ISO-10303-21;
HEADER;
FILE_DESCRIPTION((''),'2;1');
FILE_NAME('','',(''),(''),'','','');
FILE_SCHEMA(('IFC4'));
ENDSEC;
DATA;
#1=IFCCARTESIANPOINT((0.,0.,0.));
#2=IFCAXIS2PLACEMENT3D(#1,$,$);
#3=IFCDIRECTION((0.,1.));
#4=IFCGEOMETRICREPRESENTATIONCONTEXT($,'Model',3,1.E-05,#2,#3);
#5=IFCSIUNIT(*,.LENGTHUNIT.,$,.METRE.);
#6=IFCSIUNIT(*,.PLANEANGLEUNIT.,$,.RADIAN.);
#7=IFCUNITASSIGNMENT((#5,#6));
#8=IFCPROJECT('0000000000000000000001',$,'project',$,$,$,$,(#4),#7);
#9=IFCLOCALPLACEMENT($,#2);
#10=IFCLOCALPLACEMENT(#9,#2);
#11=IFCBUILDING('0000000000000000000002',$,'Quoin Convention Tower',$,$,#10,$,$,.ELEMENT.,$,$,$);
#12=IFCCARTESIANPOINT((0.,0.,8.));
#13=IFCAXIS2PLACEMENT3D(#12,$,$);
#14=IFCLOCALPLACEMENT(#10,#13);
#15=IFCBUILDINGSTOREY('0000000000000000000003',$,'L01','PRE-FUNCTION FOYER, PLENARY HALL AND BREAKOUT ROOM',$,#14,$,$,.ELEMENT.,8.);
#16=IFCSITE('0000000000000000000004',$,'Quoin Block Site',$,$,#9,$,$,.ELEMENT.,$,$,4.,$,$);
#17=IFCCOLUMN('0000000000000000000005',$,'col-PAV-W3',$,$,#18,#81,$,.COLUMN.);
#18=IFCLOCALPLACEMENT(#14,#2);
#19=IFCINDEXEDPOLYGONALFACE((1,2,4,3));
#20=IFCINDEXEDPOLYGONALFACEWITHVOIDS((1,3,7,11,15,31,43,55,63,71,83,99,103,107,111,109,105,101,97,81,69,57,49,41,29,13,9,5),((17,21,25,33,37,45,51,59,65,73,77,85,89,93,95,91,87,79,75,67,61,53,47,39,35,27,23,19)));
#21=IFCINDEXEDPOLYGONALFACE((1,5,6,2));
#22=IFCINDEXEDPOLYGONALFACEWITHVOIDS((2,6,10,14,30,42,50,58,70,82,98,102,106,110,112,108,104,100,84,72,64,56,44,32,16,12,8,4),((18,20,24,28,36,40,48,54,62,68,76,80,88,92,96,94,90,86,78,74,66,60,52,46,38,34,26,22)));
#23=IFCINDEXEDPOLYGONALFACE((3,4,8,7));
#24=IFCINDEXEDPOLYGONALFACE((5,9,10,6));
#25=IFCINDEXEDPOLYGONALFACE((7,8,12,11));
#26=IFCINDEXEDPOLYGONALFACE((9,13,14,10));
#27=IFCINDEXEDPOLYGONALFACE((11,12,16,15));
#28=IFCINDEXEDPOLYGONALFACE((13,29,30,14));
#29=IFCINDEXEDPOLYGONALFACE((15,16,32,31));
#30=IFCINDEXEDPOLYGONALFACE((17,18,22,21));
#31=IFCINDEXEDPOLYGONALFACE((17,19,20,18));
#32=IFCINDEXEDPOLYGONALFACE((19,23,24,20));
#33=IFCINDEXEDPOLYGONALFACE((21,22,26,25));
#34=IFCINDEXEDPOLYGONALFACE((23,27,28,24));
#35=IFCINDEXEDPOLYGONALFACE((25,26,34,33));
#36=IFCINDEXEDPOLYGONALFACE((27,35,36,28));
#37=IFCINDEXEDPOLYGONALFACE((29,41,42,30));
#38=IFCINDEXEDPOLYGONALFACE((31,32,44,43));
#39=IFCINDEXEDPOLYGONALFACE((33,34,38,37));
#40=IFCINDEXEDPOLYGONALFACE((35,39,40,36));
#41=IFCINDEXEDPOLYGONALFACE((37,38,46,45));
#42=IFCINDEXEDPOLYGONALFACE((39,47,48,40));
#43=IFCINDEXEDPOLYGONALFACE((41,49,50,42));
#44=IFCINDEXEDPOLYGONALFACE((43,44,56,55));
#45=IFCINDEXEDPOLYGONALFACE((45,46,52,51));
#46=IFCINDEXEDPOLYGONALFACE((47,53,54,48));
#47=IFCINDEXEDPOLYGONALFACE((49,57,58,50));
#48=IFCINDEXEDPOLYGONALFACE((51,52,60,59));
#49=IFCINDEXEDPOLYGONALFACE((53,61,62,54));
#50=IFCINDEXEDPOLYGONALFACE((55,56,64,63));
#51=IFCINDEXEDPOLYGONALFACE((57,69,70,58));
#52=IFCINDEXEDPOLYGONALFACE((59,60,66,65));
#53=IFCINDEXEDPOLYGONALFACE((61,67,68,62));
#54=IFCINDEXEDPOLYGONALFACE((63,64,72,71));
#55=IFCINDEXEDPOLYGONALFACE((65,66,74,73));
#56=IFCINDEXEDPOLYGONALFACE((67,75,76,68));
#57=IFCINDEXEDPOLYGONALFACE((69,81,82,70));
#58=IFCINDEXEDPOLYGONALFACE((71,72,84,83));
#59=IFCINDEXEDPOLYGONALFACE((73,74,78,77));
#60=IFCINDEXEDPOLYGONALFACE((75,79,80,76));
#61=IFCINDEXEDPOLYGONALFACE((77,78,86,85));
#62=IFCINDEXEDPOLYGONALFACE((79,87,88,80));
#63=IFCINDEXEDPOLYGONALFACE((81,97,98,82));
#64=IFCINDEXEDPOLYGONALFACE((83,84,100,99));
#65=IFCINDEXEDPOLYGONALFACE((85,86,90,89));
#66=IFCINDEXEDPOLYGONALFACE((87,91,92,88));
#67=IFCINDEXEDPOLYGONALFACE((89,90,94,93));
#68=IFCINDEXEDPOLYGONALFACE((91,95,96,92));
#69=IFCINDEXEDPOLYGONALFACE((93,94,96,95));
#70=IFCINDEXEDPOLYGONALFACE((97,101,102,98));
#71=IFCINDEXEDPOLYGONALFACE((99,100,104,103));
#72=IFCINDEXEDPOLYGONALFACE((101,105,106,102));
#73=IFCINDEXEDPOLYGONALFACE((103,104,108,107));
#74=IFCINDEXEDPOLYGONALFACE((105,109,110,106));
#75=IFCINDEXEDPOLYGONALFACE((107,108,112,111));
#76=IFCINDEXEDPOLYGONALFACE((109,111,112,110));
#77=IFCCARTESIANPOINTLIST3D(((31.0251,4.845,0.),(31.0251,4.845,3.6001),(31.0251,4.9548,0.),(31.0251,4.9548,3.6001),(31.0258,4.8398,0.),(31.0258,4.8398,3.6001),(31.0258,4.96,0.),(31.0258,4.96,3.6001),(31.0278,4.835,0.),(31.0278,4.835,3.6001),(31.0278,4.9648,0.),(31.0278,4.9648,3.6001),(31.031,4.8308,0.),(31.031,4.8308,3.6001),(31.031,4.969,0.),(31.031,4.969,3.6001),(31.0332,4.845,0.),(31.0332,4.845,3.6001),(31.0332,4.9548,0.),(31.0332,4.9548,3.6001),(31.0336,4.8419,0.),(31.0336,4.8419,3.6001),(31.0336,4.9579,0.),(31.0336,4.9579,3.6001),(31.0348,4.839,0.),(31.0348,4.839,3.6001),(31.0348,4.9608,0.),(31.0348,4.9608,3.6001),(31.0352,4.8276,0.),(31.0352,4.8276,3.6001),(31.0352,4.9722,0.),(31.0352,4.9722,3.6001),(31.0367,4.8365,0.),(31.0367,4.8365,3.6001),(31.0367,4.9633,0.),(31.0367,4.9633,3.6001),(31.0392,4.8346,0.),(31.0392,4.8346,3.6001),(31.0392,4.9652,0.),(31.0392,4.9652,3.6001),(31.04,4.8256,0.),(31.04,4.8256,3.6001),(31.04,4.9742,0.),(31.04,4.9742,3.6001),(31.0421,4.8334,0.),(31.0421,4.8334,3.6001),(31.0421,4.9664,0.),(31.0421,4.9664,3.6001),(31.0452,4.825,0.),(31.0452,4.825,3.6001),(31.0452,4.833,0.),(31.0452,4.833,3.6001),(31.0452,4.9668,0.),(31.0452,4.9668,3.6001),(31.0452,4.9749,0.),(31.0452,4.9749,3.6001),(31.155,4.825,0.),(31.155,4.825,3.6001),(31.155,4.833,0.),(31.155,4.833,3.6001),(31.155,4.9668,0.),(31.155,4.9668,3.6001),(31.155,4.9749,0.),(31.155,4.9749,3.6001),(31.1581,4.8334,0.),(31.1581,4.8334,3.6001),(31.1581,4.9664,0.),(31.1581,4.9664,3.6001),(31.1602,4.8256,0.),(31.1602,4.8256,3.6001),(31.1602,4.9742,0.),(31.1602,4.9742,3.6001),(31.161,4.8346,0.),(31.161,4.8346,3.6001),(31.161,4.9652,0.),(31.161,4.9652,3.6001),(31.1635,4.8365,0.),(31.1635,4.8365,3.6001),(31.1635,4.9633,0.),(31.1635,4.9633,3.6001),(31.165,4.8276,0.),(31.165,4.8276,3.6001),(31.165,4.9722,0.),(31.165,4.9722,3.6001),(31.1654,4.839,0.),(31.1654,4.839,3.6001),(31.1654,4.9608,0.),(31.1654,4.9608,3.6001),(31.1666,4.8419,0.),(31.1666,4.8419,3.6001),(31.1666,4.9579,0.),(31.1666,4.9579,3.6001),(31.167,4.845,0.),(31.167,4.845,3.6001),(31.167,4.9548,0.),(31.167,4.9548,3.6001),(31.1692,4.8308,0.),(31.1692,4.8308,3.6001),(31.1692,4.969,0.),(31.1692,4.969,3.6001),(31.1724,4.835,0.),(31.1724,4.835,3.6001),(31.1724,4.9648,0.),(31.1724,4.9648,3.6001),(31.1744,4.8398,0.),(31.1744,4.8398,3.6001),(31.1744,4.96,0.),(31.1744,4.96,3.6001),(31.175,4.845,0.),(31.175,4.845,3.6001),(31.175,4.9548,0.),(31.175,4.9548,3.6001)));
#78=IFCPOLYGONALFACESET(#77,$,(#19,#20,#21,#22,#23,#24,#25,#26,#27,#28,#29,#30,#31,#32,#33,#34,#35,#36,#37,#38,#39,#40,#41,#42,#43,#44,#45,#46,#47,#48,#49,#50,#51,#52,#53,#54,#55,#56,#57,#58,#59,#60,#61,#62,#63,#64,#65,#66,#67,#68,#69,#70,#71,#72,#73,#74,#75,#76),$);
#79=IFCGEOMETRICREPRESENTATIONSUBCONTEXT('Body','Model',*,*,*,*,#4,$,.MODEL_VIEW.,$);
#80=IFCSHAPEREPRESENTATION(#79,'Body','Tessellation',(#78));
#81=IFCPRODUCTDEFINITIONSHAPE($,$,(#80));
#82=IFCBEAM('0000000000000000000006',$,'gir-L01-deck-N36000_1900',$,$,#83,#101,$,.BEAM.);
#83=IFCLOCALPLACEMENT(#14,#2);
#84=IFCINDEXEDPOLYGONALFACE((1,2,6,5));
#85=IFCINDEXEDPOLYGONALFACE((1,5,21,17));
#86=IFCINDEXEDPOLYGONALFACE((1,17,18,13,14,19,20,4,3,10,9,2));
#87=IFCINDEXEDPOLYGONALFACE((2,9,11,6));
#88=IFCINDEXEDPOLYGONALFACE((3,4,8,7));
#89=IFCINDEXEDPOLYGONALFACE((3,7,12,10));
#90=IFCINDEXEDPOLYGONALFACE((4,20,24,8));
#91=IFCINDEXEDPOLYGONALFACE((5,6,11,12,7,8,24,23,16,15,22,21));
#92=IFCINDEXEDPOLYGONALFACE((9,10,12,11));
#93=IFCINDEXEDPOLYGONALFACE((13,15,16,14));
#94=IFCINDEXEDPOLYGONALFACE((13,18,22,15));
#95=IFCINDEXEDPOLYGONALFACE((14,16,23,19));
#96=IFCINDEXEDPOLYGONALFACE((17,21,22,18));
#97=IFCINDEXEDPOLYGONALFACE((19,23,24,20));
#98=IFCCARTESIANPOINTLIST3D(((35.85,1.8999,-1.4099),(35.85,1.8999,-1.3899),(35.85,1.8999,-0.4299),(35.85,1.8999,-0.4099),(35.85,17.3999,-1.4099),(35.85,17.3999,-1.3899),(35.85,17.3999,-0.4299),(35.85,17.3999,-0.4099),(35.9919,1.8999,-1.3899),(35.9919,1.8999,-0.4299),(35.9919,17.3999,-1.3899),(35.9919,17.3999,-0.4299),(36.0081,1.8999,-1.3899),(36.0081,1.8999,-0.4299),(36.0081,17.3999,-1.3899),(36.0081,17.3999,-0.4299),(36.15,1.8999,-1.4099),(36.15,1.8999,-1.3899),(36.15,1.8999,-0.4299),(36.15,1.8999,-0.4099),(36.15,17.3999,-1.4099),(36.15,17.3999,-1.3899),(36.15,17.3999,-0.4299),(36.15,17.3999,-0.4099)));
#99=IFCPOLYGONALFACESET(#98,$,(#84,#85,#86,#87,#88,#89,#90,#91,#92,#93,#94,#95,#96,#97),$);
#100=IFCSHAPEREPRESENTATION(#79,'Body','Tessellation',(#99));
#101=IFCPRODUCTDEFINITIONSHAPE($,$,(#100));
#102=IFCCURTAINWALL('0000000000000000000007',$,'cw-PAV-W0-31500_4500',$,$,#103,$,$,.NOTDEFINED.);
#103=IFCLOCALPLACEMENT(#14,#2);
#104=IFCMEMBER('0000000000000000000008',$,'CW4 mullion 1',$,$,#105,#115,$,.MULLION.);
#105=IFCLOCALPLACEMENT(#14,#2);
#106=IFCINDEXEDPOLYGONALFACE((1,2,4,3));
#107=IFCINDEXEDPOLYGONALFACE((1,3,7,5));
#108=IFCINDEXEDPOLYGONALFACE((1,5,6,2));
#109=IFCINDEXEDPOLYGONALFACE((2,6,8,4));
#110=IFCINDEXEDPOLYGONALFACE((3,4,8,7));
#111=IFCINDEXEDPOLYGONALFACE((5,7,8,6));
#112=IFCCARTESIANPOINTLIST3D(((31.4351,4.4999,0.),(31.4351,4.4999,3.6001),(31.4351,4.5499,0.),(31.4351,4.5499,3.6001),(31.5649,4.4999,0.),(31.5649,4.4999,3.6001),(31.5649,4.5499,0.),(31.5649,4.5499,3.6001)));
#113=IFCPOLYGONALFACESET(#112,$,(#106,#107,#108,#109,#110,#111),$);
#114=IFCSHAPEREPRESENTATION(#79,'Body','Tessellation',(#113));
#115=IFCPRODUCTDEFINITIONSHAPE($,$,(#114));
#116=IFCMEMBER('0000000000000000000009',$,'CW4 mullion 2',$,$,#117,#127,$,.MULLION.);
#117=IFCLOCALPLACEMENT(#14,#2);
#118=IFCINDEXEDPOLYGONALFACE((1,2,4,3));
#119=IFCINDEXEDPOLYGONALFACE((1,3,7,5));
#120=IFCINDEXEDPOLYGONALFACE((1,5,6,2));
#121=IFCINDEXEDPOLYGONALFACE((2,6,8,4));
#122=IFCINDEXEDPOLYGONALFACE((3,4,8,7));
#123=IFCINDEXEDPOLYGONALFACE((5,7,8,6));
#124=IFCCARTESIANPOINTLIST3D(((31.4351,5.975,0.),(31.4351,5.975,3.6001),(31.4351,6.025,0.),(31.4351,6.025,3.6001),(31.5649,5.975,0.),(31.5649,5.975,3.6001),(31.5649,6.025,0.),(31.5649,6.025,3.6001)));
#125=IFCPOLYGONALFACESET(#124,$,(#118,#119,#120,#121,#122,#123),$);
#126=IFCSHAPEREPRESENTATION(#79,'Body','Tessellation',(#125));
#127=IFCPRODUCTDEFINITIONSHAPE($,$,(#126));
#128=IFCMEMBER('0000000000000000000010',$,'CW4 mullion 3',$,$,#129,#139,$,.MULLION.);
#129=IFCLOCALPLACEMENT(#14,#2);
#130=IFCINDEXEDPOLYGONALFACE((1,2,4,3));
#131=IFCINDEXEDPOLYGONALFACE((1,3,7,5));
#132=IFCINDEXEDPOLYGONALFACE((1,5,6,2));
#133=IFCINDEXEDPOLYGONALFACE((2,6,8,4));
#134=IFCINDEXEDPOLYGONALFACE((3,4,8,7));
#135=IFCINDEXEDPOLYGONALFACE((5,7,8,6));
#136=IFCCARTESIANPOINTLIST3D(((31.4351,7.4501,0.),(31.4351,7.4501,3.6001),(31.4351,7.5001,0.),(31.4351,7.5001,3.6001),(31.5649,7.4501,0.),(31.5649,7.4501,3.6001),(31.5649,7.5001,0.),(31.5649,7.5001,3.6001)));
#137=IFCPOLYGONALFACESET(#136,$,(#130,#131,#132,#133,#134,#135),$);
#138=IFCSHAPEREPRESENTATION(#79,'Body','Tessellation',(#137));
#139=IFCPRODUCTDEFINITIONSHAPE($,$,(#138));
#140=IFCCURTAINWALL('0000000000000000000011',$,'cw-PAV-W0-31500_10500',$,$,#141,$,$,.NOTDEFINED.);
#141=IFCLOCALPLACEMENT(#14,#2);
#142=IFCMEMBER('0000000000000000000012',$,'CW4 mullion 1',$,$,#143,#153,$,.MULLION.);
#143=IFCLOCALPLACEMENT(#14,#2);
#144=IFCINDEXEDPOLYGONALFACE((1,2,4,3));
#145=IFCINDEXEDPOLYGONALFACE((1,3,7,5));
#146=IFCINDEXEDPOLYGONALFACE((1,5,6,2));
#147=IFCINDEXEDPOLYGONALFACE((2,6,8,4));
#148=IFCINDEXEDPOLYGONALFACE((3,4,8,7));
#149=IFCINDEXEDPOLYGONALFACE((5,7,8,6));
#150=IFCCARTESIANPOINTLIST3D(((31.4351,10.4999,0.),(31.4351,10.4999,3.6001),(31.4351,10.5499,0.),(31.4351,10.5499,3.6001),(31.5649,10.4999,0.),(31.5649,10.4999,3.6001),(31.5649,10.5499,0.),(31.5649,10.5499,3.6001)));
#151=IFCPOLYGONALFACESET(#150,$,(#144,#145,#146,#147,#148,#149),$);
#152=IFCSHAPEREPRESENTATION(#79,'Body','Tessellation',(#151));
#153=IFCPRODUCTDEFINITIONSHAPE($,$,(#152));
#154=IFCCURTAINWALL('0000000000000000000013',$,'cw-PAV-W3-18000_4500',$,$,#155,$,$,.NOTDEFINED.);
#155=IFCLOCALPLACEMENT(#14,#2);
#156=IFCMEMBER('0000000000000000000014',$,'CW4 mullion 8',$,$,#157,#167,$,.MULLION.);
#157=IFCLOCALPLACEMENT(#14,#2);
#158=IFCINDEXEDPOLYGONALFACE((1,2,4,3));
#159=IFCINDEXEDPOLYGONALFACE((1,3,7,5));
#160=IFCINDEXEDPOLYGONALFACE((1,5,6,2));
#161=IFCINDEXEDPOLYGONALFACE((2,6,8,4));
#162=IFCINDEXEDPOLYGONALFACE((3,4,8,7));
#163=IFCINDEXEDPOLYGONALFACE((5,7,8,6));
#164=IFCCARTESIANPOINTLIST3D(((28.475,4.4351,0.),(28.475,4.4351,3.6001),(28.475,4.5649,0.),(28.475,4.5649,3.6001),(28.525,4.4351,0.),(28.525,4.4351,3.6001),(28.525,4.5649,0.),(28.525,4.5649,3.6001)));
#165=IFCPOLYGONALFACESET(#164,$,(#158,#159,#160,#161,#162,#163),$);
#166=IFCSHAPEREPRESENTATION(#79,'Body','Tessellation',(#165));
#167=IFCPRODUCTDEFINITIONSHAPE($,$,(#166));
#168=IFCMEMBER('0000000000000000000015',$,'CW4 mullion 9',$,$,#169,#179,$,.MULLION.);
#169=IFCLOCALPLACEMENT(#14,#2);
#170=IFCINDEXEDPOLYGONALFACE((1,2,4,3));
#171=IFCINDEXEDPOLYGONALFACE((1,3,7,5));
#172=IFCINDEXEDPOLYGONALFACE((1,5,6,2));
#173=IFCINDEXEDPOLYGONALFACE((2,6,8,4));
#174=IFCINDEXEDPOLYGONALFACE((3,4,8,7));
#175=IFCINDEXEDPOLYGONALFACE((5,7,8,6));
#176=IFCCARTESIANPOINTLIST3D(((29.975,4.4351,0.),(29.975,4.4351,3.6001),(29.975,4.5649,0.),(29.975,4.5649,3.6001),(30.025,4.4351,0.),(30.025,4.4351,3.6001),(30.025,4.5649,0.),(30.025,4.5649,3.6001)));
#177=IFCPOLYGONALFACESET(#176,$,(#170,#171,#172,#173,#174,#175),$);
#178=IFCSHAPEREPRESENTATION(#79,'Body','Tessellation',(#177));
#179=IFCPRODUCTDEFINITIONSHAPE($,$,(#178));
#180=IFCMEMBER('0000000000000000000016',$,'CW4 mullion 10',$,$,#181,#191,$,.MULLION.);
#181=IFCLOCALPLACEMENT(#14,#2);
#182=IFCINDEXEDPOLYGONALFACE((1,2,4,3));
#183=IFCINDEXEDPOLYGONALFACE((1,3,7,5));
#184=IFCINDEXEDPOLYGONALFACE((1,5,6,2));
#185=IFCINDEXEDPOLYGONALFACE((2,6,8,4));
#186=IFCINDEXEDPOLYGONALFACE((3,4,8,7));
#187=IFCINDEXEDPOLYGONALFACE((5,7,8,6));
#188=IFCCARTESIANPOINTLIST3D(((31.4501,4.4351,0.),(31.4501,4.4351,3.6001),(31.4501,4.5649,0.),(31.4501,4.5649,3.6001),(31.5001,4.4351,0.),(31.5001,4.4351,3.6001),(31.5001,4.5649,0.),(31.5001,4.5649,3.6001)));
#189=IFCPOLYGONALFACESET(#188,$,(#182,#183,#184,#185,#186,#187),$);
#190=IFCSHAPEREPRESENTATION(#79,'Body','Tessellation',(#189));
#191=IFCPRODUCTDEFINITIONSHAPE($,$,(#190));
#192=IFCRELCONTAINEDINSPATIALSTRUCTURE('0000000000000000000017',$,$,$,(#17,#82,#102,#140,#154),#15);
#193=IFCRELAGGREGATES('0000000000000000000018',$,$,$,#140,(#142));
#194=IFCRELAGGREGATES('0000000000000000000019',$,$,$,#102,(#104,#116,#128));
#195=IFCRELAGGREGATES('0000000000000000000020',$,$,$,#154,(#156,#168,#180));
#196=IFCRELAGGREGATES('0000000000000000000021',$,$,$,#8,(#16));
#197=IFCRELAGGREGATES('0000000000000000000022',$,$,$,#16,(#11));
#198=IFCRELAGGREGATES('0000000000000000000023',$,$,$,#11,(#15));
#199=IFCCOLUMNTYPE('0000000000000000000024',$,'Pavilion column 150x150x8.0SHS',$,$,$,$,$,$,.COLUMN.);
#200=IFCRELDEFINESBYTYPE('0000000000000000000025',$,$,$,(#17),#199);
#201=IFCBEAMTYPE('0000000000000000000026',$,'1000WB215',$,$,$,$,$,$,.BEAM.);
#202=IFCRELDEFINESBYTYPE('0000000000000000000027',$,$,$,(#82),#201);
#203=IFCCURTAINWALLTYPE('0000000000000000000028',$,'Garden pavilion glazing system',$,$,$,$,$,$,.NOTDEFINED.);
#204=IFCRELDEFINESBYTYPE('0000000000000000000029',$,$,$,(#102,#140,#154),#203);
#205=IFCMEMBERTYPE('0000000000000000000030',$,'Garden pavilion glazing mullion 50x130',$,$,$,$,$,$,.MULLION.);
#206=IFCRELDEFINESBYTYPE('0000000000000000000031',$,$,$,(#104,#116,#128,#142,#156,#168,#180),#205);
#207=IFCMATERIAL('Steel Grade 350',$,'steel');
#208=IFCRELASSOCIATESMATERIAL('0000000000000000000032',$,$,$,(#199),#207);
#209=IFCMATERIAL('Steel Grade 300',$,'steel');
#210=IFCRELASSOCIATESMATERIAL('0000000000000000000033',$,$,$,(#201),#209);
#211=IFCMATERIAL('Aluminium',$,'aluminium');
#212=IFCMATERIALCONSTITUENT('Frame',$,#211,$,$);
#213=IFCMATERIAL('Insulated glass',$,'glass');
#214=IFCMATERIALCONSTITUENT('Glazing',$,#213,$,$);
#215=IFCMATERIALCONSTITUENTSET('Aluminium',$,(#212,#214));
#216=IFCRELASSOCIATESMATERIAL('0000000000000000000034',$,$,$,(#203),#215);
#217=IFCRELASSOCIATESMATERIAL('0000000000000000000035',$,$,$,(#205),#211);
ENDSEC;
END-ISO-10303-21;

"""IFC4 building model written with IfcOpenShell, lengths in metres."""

from ifc_helpers import new_model, si_unit, direction, frame, origin, origin_2d, place, context, subcontext, project, spatial, rectangle, hollow_rectangle, i_section, extrude, material, constituent, constituent_set, material_profile, profile_set, type_object, element, aggregate, save


model = new_model("IFC4")

# Units and contexts
model_context = context("Model", 3, precision=1e-05, world=origin(), true_north=direction((0.0, 1.0)))
body_context = subcontext(model_context, "Body", "Model", "MODEL_VIEW")
ifc_project = project(units=[si_unit("LENGTHUNIT", "METRE"), si_unit("PLANEANGLEUNIT", "RADIAN")], contexts=[model_context])

# Site, building, storey
site_placement = place(None, origin())
site = spatial("IfcSite", under=ifc_project, at=site_placement, Name="Quoin Block Site", CompositionType="ELEMENT", RefElevation=4.0)
building_placement = place(site_placement, origin())
building = spatial("IfcBuilding", under=site, at=building_placement, Name="Quoin Convention Tower", CompositionType="ELEMENT")
storey_placement = place(building_placement, frame((0.0, 0.0, 8.0)))
storey = spatial("IfcBuildingStorey", under=building, at=storey_placement, Name="L01", Description="PRE-FUNCTION FOYER, PLENARY HALL AND BREAKOUT ROOM", CompositionType="ELEMENT", Elevation=8.0)

# Column
ifc_material_1 = material(Name="Steel Grade 350", Category="steel")
ifc_material_profile_1 = material_profile(ifc_material_1, hollow_rectangle(XDim=0.1499, YDim=0.1499, WallThickness=0.0081, InnerFilletRadius=0.012, OuterFilletRadius=0.02, at=origin_2d()), Name="150x150x8.0SHS")
ifc_profile_set_1 = profile_set([ifc_material_profile_1], Name="Steel Grade 350")
column_type = type_object("IfcColumnType", Name="Pavilion column 150x150x8.0SHS", PredefinedType="COLUMN", material=ifc_profile_set_1)
column_placement = place(storey_placement, frame((31.1001, 4.8999, 0.0), z_axis=(0.0, 0.0, 1.0), x_axis=(1.0, 0.0, 0.0)))
element("IfcColumn", 1, at=column_placement, inside=storey, type_object=column_type, Name="col-PAV-W3", PredefinedType="COLUMN", context=body_context, shape_type="SweptSolid", body=[
    extrude(hollow_rectangle(XDim=0.1499, YDim=0.1499, WallThickness=0.0081, InnerFilletRadius=0.012, OuterFilletRadius=0.02, at=origin_2d()), origin(), (0.0, 0.0, 1.0), 3.6001),
])

# Beam
ifc_material_2 = material(Name="Steel Grade 300", Category="steel")
ifc_material_profile_2 = material_profile(ifc_material_2, i_section(OverallWidth=0.3, OverallDepth=1.0, WebThickness=0.0161, FlangeThickness=0.02, at=origin_2d()), Name="1000WB215")
ifc_profile_set_2 = profile_set([ifc_material_profile_2], Name="Steel Grade 300")
beam_type = type_object("IfcBeamType", Name="1000WB215", PredefinedType="BEAM", material=ifc_profile_set_2)
beam_placement = place(storey_placement, frame((36.0, 1.8999, -0.9099), z_axis=(0.0, 1.0, 0.0), x_axis=(-1.0, 0.0, 0.0)))
element("IfcBeam", 2, at=beam_placement, inside=storey, type_object=beam_type, Name="gir-L01-deck-N36000_1900", PredefinedType="BEAM", context=body_context, shape_type="SweptSolid", body=[
    extrude(i_section(OverallWidth=0.3, OverallDepth=1.0, WebThickness=0.0161, FlangeThickness=0.02, at=origin_2d()), origin(), (0.0, 0.0, 1.0), 15.5),
])

# Curtain wall, members
ifc_material_3 = material(Name="Aluminium", Category="aluminium")
ifc_constituent_1 = constituent(ifc_material_3, Name="Frame")
ifc_material_4 = material(Name="Insulated glass", Category="glass")
ifc_constituent_2 = constituent(ifc_material_4, Name="Glazing")
ifc_constituent_set_1 = constituent_set(constituents=[ifc_constituent_1, ifc_constituent_2], Name="Aluminium")
curtain_wall_type = type_object("IfcCurtainWallType", Name="Garden pavilion glazing system", PredefinedType="NOTDEFINED", material=ifc_constituent_set_1)
curtain_wall_1_placement = place(storey_placement, origin())
curtain_wall_1 = element("IfcCurtainWall", 3, at=curtain_wall_1_placement, inside=storey, type_object=curtain_wall_type, Name="cw-PAV-W0-31500_4500", PredefinedType="NOTDEFINED")
ifc_material_profile_3 = material_profile(ifc_material_3, rectangle(XDim=0.1299, YDim=0.05, at=origin_2d()), Name="Garden pavilion glazing mullion 50x130")
ifc_profile_set_3 = profile_set([ifc_material_profile_3], Name="Aluminium")
member_type_1 = type_object("IfcMemberType", Name="Garden pavilion glazing mullion 50x130", PredefinedType="MULLION", material=ifc_profile_set_3)
member_1_placement = place(storey_placement, frame((31.5, 4.5249, 0.0), z_axis=(0.0, 0.0, 1.0), x_axis=(-1.0, 0.0, 0.0)))
member_1 = element("IfcMember", 4, at=member_1_placement, type_object=member_type_1, Name="CW4 mullion 1", PredefinedType="MULLION", context=body_context, shape_type="SweptSolid", body=[
    extrude(rectangle(XDim=0.1299, YDim=0.05, at=origin_2d()), origin(), (0.0, 0.0, 1.0), 3.6001),
])
member_2_placement = place(storey_placement, frame((31.5, 6.0, 0.0), z_axis=(0.0, 0.0, 1.0), x_axis=(-1.0, 0.0, 0.0)))
member_2 = element("IfcMember", 5, at=member_2_placement, type_object=member_type_1, Name="CW4 mullion 2", PredefinedType="MULLION", context=body_context, shape_type="SweptSolid", body=[
    extrude(rectangle(XDim=0.1299, YDim=0.05, at=origin_2d()), origin(), (0.0, 0.0, 1.0), 3.6001),
])
member_3_placement = place(storey_placement, frame((31.5, 7.4751, 0.0), z_axis=(0.0, 0.0, 1.0), x_axis=(-1.0, 0.0, 0.0)))
member_3 = element("IfcMember", 6, at=member_3_placement, type_object=member_type_1, Name="CW4 mullion 3", PredefinedType="MULLION", context=body_context, shape_type="SweptSolid", body=[
    extrude(rectangle(XDim=0.1299, YDim=0.05, at=origin_2d()), origin(), (0.0, 0.0, 1.0), 3.6001),
])

# Curtain wall, member
curtain_wall_2_placement = place(storey_placement, origin())
curtain_wall_2 = element("IfcCurtainWall", 7, at=curtain_wall_2_placement, inside=storey, type_object=curtain_wall_type, Name="cw-PAV-W0-31500_10500", PredefinedType="NOTDEFINED")
member_4_placement = place(storey_placement, frame((31.5, 10.5249, 0.0), z_axis=(0.0, 0.0, 1.0), x_axis=(-1.0, 0.0, 0.0)))
member_4 = element("IfcMember", 8, at=member_4_placement, type_object=member_type_1, Name="CW4 mullion 1", PredefinedType="MULLION", context=body_context, shape_type="SweptSolid", body=[
    extrude(rectangle(XDim=0.1299, YDim=0.05, at=origin_2d()), origin(), (0.0, 0.0, 1.0), 3.6001),
])

# Curtain wall, members
curtain_wall_3_placement = place(storey_placement, origin())
curtain_wall_3 = element("IfcCurtainWall", 9, at=curtain_wall_3_placement, inside=storey, type_object=curtain_wall_type, Name="cw-PAV-W3-18000_4500", PredefinedType="NOTDEFINED")
member_5_placement = place(storey_placement, frame((28.5, 4.5, 0.0), z_axis=(0.0, 0.0, 1.0), x_axis=(0.0, 1.0, 0.0)))
member_5 = element("IfcMember", 10, at=member_5_placement, type_object=member_type_1, Name="CW4 mullion 8", PredefinedType="MULLION", context=body_context, shape_type="SweptSolid", body=[
    extrude(rectangle(XDim=0.1299, YDim=0.05, at=origin_2d()), origin(), (0.0, 0.0, 1.0), 3.6001),
])
member_6_placement = place(storey_placement, frame((30.0, 4.5, 0.0), z_axis=(0.0, 0.0, 1.0), x_axis=(0.0, 1.0, 0.0)))
member_6 = element("IfcMember", 11, at=member_6_placement, type_object=member_type_1, Name="CW4 mullion 9", PredefinedType="MULLION", context=body_context, shape_type="SweptSolid", body=[
    extrude(rectangle(XDim=0.1299, YDim=0.05, at=origin_2d()), origin(), (0.0, 0.0, 1.0), 3.6001),
])
member_7_placement = place(storey_placement, frame((31.4751, 4.5, 0.0), z_axis=(0.0, 0.0, 1.0), x_axis=(0.0, 1.0, 0.0)))
member_7 = element("IfcMember", 12, at=member_7_placement, type_object=member_type_1, Name="CW4 mullion 10", PredefinedType="MULLION", context=body_context, shape_type="SweptSolid", body=[
    extrude(rectangle(XDim=0.1299, YDim=0.05, at=origin_2d()), origin(), (0.0, 0.0, 1.0), 3.6001),
])

aggregate(curtain_wall_2, [member_4])

aggregate(curtain_wall_1, [member_1, member_2, member_3])
aggregate(curtain_wall_3, [member_5, member_6, member_7])

save(model, "model.ifc")
